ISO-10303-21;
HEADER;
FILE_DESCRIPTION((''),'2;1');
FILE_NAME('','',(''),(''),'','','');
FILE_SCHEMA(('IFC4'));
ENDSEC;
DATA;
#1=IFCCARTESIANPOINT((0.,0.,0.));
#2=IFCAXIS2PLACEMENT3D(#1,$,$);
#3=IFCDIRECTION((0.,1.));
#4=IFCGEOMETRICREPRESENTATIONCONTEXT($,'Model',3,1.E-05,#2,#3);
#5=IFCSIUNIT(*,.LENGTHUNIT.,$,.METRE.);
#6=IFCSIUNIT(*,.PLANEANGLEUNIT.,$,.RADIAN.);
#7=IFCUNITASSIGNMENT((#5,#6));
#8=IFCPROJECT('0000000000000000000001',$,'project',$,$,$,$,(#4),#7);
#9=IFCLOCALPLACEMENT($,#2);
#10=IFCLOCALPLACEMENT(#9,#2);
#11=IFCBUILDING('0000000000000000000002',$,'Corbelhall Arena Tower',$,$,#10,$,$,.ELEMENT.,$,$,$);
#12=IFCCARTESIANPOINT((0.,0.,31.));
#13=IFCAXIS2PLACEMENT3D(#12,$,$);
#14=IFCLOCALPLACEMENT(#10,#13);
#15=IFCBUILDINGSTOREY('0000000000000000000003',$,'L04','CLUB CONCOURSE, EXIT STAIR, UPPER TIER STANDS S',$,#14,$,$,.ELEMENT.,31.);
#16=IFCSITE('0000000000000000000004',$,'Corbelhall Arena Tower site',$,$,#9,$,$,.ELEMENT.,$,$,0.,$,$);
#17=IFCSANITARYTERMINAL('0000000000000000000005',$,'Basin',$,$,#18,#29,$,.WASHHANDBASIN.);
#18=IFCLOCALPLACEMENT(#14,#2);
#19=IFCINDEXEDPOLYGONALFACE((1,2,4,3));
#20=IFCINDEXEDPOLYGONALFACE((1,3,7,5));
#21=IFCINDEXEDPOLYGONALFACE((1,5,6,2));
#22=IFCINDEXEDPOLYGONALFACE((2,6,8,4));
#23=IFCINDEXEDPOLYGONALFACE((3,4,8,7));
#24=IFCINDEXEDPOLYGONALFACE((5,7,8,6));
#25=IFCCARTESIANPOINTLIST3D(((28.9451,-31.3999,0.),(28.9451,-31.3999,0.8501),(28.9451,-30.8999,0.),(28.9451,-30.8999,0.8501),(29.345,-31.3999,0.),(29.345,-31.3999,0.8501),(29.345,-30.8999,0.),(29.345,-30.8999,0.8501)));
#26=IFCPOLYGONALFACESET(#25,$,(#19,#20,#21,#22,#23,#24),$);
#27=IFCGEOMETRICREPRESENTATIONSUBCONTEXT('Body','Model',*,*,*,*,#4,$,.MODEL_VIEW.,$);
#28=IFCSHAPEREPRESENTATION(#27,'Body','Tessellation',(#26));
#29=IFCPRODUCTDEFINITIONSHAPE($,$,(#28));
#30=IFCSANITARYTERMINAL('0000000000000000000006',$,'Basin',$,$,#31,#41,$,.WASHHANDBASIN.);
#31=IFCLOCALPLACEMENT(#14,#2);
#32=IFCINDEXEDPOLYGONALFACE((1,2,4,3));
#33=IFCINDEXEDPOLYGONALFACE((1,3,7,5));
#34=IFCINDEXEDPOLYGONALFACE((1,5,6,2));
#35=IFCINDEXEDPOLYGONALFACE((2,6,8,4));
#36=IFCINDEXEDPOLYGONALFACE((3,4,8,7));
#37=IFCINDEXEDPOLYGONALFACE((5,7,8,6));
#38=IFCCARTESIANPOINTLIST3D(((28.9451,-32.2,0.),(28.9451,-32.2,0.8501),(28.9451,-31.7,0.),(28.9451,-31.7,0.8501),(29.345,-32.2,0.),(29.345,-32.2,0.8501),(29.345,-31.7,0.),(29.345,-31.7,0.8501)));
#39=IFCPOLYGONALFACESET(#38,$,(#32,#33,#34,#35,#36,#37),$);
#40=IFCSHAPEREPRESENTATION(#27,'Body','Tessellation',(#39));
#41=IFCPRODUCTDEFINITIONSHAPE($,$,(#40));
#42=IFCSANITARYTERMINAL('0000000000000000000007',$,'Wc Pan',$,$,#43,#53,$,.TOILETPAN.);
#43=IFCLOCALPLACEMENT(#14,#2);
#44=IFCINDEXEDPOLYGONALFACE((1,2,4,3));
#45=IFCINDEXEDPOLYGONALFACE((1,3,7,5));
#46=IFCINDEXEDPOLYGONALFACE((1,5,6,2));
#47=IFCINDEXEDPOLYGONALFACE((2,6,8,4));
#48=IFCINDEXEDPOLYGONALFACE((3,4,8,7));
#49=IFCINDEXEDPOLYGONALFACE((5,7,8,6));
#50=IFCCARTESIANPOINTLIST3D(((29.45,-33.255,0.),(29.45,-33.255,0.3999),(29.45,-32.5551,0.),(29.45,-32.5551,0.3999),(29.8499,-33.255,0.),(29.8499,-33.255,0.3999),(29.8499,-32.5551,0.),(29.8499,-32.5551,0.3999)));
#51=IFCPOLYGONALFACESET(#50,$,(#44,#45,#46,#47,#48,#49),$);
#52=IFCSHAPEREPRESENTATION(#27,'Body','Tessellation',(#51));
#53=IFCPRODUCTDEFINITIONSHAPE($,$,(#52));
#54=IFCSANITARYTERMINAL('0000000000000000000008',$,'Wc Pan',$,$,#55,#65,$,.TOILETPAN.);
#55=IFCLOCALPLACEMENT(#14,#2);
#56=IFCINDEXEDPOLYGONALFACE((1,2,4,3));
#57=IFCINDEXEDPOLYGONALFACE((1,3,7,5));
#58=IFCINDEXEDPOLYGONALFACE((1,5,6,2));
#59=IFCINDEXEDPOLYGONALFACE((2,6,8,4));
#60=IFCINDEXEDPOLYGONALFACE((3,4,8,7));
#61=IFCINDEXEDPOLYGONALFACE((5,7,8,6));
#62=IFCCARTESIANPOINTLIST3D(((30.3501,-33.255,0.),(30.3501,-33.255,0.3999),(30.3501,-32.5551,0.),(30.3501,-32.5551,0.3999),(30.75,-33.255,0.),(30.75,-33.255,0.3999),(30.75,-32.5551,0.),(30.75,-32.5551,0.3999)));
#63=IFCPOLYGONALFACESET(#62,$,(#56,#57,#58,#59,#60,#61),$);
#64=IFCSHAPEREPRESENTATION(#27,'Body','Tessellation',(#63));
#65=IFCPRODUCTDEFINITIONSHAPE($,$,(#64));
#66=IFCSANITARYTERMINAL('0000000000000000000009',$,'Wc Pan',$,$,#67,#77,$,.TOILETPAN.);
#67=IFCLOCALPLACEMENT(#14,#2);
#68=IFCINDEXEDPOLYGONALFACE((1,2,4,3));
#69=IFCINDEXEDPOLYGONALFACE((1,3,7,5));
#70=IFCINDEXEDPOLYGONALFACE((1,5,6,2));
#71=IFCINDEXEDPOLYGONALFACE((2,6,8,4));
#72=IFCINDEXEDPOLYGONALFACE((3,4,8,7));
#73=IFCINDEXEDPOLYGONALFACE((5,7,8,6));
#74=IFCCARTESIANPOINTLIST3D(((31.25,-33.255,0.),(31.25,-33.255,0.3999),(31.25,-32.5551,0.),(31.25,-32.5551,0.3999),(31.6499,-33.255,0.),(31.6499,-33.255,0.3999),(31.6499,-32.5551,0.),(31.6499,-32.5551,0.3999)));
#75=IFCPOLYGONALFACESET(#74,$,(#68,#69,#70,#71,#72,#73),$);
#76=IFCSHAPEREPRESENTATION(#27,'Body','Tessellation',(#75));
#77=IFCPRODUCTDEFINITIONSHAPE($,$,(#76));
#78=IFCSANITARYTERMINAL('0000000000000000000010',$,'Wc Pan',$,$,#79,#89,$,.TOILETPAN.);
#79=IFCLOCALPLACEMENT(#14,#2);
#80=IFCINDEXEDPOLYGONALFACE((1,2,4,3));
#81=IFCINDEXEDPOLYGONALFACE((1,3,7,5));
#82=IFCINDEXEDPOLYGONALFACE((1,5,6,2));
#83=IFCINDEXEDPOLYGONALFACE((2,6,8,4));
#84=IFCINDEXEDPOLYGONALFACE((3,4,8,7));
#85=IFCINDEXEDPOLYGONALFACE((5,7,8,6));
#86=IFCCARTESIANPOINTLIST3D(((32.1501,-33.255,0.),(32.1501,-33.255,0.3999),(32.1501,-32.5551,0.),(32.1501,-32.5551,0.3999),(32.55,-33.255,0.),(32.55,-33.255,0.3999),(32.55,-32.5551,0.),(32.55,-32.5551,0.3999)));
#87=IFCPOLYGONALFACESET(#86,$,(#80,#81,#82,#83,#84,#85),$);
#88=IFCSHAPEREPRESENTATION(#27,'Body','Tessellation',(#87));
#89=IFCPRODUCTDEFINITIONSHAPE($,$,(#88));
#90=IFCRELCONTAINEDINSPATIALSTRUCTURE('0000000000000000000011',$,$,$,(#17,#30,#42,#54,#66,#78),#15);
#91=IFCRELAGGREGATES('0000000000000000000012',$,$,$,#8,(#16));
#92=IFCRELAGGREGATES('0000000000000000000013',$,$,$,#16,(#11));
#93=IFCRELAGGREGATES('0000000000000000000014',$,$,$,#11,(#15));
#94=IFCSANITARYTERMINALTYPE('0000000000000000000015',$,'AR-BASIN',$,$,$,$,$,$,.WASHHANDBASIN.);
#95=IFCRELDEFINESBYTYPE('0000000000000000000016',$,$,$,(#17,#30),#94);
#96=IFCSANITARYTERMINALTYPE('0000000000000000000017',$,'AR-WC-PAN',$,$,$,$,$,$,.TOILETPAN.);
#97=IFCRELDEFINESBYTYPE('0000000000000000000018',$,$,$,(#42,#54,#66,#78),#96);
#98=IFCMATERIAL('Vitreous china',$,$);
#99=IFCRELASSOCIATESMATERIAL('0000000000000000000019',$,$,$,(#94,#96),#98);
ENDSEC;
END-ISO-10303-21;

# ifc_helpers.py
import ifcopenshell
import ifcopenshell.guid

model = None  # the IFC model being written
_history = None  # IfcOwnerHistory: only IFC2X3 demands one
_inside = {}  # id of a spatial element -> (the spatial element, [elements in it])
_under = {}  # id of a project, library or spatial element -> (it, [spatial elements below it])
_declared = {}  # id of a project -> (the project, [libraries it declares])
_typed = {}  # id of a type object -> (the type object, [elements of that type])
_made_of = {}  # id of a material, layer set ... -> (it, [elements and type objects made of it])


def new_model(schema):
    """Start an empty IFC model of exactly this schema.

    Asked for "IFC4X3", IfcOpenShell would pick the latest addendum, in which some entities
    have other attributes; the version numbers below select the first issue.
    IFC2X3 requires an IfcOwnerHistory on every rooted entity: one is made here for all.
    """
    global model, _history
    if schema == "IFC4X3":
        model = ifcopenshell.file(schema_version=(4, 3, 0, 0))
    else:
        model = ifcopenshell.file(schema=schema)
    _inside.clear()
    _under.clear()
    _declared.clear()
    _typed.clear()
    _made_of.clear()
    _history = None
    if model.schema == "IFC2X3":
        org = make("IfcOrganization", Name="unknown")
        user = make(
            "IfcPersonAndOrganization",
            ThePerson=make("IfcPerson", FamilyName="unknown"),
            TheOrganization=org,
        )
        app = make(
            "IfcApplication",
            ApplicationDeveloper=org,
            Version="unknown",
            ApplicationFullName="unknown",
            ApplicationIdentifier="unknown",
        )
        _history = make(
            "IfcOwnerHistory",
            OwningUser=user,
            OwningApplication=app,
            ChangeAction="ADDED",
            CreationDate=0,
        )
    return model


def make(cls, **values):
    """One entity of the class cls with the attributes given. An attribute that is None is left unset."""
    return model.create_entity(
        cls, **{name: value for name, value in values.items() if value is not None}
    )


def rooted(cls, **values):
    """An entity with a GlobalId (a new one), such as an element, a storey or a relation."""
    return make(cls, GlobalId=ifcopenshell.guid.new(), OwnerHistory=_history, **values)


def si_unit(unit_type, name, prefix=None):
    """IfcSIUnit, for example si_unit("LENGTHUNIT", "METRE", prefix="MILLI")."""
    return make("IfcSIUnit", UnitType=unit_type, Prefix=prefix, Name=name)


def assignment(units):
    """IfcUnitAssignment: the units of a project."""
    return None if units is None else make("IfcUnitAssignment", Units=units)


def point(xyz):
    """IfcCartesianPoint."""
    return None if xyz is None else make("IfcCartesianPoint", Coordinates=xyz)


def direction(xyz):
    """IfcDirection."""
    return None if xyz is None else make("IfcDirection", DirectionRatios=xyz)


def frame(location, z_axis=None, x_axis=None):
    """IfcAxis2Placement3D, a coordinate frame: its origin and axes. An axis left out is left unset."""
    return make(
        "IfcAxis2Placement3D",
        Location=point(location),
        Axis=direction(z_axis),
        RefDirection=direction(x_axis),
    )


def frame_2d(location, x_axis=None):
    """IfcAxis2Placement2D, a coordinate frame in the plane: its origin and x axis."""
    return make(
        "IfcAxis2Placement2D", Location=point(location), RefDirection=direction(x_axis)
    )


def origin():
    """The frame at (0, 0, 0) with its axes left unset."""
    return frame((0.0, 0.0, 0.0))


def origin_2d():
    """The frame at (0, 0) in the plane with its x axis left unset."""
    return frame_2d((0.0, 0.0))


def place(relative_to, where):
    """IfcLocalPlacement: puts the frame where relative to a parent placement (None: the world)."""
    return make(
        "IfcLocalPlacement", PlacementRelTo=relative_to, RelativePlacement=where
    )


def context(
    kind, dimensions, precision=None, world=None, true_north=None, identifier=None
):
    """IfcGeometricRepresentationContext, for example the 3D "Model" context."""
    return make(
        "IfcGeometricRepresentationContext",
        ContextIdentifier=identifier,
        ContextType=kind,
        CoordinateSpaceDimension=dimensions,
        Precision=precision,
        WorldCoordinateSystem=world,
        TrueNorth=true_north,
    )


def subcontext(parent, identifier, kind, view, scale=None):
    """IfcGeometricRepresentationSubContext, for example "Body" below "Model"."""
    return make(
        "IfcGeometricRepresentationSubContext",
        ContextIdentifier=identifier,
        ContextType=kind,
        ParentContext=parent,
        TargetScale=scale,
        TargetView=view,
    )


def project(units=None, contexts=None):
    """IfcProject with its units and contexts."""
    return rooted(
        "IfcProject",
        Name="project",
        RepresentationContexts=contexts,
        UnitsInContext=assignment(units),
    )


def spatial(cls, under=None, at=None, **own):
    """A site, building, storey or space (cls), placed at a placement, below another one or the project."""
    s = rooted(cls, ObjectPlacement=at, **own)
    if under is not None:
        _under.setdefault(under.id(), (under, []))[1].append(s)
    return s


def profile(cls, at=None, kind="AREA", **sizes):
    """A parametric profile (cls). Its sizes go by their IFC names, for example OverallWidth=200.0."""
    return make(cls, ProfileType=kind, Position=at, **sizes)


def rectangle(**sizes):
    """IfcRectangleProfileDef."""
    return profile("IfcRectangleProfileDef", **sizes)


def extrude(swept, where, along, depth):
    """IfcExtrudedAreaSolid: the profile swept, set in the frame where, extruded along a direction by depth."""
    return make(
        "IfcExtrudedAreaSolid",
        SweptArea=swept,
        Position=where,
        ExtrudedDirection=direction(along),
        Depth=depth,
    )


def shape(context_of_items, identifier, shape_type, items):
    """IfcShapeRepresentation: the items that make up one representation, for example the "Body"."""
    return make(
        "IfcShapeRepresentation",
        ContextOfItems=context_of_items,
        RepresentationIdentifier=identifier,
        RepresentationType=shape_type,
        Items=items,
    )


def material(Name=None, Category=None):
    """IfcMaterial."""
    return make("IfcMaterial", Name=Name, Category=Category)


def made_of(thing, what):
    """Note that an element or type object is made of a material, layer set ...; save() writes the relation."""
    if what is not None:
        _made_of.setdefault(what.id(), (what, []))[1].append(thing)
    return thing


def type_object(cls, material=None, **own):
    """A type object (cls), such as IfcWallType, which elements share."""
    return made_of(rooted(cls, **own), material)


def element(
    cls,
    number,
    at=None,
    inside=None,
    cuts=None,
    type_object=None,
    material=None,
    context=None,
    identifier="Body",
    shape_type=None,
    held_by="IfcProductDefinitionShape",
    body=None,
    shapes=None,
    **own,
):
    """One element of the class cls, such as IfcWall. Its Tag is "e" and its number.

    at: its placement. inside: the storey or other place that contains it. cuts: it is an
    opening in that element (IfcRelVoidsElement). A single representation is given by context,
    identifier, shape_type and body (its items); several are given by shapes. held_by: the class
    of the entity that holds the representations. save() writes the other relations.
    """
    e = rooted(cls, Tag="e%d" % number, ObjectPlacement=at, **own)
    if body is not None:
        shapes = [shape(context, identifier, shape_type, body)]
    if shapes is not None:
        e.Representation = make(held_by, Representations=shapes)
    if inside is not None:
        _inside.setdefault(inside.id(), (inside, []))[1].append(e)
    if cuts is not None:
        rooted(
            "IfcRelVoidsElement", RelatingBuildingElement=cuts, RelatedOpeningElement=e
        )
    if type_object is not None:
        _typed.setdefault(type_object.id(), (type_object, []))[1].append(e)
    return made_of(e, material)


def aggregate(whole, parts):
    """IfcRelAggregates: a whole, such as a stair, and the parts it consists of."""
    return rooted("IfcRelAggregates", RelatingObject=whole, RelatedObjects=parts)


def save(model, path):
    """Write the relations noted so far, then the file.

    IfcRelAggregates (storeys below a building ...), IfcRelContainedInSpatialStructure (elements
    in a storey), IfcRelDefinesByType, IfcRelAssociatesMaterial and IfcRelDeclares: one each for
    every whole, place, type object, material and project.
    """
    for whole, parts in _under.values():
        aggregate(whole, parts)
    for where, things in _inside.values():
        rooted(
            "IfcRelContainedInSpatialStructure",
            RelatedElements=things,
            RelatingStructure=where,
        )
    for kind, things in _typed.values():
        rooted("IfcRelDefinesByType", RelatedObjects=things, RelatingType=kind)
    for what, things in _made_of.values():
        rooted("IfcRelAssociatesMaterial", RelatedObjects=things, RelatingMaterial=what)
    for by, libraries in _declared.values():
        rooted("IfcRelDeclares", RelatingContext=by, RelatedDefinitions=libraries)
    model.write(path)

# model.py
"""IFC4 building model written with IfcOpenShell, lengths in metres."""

from ifc_helpers import new_model, si_unit, direction, frame, origin, origin_2d, place, context, subcontext, project, spatial, rectangle, extrude, material, type_object, element, save


model = new_model("IFC4")

# Units and contexts
model_context = context("Model", 3, precision=1e-05, world=origin(), true_north=direction((0.0, 1.0)))
body_context = subcontext(model_context, "Body", "Model", "MODEL_VIEW")
ifc_project = project(units=[si_unit("LENGTHUNIT", "METRE"), si_unit("PLANEANGLEUNIT", "RADIAN")], contexts=[model_context])

# Site, building, storey
site_placement = place(None, origin())
site = spatial("IfcSite", under=ifc_project, at=site_placement, Name="Corbelhall Arena Tower site", CompositionType="ELEMENT", RefElevation=0.0)
building_placement = place(site_placement, origin())
building = spatial("IfcBuilding", under=site, at=building_placement, Name="Corbelhall Arena Tower", CompositionType="ELEMENT")
storey_placement = place(building_placement, frame((0.0, 0.0, 31.0)))
storey = spatial("IfcBuildingStorey", under=building, at=storey_placement, Name="L04", Description="CLUB CONCOURSE, EXIT STAIR, UPPER TIER STANDS S", CompositionType="ELEMENT", Elevation=31.0)

# Sanitary terminals
ifc_material_1 = material(Name="Vitreous china")
sanitary_terminal_type_1 = type_object("IfcSanitaryTerminalType", Name="AR-BASIN", PredefinedType="WASHHANDBASIN", material=ifc_material_1)
for number, where, z_axis, x_axis, name in (
    (1, (29.145, -31.1499, 0.0), (0.0, 0.0, 1.0), (1.0, 0.0, 0.0), "Basin"),
    (2, (29.145, -31.95, 0.0), (0.0, 0.0, 1.0), (1.0, 0.0, 0.0), "Basin"),
):
    element("IfcSanitaryTerminal", number, at=place(storey_placement, frame(where, z_axis=z_axis, x_axis=x_axis)), inside=storey, type_object=sanitary_terminal_type_1, Name=name, PredefinedType="WASHHANDBASIN", context=body_context, shape_type="SweptSolid", body=[
        extrude(rectangle(XDim=0.3999, YDim=0.5, at=origin_2d()), origin(), (0.0, 0.0, 1.0), 0.8501),
    ])
sanitary_terminal_type_2 = type_object("IfcSanitaryTerminalType", Name="AR-WC-PAN", PredefinedType="TOILETPAN", material=ifc_material_1)
for number, where, z_axis, x_axis, name in (
    (3, (29.6499, -32.905, 0.0), (0.0, 0.0, 1.0), (1.0, 0.0, 0.0), "Wc Pan"),
    (4, (30.55, -32.905, 0.0), (0.0, 0.0, 1.0), (1.0, 0.0, 0.0), "Wc Pan"),
    (5, (31.45, -32.905, 0.0), (0.0, 0.0, 1.0), (1.0, 0.0, 0.0), "Wc Pan"),
    (6, (32.3501, -32.905, 0.0), (0.0, 0.0, 1.0), (1.0, 0.0, 0.0), "Wc Pan"),
):
    element("IfcSanitaryTerminal", number, at=place(storey_placement, frame(where, z_axis=z_axis, x_axis=x_axis)), inside=storey, type_object=sanitary_terminal_type_2, Name=name, PredefinedType="TOILETPAN", context=body_context, shape_type="SweptSolid", body=[
        extrude(rectangle(XDim=0.3999, YDim=0.7, at=origin_2d()), origin(), (0.0, 0.0, 1.0), 0.3999),
    ])

save(model, "model.ifc")
